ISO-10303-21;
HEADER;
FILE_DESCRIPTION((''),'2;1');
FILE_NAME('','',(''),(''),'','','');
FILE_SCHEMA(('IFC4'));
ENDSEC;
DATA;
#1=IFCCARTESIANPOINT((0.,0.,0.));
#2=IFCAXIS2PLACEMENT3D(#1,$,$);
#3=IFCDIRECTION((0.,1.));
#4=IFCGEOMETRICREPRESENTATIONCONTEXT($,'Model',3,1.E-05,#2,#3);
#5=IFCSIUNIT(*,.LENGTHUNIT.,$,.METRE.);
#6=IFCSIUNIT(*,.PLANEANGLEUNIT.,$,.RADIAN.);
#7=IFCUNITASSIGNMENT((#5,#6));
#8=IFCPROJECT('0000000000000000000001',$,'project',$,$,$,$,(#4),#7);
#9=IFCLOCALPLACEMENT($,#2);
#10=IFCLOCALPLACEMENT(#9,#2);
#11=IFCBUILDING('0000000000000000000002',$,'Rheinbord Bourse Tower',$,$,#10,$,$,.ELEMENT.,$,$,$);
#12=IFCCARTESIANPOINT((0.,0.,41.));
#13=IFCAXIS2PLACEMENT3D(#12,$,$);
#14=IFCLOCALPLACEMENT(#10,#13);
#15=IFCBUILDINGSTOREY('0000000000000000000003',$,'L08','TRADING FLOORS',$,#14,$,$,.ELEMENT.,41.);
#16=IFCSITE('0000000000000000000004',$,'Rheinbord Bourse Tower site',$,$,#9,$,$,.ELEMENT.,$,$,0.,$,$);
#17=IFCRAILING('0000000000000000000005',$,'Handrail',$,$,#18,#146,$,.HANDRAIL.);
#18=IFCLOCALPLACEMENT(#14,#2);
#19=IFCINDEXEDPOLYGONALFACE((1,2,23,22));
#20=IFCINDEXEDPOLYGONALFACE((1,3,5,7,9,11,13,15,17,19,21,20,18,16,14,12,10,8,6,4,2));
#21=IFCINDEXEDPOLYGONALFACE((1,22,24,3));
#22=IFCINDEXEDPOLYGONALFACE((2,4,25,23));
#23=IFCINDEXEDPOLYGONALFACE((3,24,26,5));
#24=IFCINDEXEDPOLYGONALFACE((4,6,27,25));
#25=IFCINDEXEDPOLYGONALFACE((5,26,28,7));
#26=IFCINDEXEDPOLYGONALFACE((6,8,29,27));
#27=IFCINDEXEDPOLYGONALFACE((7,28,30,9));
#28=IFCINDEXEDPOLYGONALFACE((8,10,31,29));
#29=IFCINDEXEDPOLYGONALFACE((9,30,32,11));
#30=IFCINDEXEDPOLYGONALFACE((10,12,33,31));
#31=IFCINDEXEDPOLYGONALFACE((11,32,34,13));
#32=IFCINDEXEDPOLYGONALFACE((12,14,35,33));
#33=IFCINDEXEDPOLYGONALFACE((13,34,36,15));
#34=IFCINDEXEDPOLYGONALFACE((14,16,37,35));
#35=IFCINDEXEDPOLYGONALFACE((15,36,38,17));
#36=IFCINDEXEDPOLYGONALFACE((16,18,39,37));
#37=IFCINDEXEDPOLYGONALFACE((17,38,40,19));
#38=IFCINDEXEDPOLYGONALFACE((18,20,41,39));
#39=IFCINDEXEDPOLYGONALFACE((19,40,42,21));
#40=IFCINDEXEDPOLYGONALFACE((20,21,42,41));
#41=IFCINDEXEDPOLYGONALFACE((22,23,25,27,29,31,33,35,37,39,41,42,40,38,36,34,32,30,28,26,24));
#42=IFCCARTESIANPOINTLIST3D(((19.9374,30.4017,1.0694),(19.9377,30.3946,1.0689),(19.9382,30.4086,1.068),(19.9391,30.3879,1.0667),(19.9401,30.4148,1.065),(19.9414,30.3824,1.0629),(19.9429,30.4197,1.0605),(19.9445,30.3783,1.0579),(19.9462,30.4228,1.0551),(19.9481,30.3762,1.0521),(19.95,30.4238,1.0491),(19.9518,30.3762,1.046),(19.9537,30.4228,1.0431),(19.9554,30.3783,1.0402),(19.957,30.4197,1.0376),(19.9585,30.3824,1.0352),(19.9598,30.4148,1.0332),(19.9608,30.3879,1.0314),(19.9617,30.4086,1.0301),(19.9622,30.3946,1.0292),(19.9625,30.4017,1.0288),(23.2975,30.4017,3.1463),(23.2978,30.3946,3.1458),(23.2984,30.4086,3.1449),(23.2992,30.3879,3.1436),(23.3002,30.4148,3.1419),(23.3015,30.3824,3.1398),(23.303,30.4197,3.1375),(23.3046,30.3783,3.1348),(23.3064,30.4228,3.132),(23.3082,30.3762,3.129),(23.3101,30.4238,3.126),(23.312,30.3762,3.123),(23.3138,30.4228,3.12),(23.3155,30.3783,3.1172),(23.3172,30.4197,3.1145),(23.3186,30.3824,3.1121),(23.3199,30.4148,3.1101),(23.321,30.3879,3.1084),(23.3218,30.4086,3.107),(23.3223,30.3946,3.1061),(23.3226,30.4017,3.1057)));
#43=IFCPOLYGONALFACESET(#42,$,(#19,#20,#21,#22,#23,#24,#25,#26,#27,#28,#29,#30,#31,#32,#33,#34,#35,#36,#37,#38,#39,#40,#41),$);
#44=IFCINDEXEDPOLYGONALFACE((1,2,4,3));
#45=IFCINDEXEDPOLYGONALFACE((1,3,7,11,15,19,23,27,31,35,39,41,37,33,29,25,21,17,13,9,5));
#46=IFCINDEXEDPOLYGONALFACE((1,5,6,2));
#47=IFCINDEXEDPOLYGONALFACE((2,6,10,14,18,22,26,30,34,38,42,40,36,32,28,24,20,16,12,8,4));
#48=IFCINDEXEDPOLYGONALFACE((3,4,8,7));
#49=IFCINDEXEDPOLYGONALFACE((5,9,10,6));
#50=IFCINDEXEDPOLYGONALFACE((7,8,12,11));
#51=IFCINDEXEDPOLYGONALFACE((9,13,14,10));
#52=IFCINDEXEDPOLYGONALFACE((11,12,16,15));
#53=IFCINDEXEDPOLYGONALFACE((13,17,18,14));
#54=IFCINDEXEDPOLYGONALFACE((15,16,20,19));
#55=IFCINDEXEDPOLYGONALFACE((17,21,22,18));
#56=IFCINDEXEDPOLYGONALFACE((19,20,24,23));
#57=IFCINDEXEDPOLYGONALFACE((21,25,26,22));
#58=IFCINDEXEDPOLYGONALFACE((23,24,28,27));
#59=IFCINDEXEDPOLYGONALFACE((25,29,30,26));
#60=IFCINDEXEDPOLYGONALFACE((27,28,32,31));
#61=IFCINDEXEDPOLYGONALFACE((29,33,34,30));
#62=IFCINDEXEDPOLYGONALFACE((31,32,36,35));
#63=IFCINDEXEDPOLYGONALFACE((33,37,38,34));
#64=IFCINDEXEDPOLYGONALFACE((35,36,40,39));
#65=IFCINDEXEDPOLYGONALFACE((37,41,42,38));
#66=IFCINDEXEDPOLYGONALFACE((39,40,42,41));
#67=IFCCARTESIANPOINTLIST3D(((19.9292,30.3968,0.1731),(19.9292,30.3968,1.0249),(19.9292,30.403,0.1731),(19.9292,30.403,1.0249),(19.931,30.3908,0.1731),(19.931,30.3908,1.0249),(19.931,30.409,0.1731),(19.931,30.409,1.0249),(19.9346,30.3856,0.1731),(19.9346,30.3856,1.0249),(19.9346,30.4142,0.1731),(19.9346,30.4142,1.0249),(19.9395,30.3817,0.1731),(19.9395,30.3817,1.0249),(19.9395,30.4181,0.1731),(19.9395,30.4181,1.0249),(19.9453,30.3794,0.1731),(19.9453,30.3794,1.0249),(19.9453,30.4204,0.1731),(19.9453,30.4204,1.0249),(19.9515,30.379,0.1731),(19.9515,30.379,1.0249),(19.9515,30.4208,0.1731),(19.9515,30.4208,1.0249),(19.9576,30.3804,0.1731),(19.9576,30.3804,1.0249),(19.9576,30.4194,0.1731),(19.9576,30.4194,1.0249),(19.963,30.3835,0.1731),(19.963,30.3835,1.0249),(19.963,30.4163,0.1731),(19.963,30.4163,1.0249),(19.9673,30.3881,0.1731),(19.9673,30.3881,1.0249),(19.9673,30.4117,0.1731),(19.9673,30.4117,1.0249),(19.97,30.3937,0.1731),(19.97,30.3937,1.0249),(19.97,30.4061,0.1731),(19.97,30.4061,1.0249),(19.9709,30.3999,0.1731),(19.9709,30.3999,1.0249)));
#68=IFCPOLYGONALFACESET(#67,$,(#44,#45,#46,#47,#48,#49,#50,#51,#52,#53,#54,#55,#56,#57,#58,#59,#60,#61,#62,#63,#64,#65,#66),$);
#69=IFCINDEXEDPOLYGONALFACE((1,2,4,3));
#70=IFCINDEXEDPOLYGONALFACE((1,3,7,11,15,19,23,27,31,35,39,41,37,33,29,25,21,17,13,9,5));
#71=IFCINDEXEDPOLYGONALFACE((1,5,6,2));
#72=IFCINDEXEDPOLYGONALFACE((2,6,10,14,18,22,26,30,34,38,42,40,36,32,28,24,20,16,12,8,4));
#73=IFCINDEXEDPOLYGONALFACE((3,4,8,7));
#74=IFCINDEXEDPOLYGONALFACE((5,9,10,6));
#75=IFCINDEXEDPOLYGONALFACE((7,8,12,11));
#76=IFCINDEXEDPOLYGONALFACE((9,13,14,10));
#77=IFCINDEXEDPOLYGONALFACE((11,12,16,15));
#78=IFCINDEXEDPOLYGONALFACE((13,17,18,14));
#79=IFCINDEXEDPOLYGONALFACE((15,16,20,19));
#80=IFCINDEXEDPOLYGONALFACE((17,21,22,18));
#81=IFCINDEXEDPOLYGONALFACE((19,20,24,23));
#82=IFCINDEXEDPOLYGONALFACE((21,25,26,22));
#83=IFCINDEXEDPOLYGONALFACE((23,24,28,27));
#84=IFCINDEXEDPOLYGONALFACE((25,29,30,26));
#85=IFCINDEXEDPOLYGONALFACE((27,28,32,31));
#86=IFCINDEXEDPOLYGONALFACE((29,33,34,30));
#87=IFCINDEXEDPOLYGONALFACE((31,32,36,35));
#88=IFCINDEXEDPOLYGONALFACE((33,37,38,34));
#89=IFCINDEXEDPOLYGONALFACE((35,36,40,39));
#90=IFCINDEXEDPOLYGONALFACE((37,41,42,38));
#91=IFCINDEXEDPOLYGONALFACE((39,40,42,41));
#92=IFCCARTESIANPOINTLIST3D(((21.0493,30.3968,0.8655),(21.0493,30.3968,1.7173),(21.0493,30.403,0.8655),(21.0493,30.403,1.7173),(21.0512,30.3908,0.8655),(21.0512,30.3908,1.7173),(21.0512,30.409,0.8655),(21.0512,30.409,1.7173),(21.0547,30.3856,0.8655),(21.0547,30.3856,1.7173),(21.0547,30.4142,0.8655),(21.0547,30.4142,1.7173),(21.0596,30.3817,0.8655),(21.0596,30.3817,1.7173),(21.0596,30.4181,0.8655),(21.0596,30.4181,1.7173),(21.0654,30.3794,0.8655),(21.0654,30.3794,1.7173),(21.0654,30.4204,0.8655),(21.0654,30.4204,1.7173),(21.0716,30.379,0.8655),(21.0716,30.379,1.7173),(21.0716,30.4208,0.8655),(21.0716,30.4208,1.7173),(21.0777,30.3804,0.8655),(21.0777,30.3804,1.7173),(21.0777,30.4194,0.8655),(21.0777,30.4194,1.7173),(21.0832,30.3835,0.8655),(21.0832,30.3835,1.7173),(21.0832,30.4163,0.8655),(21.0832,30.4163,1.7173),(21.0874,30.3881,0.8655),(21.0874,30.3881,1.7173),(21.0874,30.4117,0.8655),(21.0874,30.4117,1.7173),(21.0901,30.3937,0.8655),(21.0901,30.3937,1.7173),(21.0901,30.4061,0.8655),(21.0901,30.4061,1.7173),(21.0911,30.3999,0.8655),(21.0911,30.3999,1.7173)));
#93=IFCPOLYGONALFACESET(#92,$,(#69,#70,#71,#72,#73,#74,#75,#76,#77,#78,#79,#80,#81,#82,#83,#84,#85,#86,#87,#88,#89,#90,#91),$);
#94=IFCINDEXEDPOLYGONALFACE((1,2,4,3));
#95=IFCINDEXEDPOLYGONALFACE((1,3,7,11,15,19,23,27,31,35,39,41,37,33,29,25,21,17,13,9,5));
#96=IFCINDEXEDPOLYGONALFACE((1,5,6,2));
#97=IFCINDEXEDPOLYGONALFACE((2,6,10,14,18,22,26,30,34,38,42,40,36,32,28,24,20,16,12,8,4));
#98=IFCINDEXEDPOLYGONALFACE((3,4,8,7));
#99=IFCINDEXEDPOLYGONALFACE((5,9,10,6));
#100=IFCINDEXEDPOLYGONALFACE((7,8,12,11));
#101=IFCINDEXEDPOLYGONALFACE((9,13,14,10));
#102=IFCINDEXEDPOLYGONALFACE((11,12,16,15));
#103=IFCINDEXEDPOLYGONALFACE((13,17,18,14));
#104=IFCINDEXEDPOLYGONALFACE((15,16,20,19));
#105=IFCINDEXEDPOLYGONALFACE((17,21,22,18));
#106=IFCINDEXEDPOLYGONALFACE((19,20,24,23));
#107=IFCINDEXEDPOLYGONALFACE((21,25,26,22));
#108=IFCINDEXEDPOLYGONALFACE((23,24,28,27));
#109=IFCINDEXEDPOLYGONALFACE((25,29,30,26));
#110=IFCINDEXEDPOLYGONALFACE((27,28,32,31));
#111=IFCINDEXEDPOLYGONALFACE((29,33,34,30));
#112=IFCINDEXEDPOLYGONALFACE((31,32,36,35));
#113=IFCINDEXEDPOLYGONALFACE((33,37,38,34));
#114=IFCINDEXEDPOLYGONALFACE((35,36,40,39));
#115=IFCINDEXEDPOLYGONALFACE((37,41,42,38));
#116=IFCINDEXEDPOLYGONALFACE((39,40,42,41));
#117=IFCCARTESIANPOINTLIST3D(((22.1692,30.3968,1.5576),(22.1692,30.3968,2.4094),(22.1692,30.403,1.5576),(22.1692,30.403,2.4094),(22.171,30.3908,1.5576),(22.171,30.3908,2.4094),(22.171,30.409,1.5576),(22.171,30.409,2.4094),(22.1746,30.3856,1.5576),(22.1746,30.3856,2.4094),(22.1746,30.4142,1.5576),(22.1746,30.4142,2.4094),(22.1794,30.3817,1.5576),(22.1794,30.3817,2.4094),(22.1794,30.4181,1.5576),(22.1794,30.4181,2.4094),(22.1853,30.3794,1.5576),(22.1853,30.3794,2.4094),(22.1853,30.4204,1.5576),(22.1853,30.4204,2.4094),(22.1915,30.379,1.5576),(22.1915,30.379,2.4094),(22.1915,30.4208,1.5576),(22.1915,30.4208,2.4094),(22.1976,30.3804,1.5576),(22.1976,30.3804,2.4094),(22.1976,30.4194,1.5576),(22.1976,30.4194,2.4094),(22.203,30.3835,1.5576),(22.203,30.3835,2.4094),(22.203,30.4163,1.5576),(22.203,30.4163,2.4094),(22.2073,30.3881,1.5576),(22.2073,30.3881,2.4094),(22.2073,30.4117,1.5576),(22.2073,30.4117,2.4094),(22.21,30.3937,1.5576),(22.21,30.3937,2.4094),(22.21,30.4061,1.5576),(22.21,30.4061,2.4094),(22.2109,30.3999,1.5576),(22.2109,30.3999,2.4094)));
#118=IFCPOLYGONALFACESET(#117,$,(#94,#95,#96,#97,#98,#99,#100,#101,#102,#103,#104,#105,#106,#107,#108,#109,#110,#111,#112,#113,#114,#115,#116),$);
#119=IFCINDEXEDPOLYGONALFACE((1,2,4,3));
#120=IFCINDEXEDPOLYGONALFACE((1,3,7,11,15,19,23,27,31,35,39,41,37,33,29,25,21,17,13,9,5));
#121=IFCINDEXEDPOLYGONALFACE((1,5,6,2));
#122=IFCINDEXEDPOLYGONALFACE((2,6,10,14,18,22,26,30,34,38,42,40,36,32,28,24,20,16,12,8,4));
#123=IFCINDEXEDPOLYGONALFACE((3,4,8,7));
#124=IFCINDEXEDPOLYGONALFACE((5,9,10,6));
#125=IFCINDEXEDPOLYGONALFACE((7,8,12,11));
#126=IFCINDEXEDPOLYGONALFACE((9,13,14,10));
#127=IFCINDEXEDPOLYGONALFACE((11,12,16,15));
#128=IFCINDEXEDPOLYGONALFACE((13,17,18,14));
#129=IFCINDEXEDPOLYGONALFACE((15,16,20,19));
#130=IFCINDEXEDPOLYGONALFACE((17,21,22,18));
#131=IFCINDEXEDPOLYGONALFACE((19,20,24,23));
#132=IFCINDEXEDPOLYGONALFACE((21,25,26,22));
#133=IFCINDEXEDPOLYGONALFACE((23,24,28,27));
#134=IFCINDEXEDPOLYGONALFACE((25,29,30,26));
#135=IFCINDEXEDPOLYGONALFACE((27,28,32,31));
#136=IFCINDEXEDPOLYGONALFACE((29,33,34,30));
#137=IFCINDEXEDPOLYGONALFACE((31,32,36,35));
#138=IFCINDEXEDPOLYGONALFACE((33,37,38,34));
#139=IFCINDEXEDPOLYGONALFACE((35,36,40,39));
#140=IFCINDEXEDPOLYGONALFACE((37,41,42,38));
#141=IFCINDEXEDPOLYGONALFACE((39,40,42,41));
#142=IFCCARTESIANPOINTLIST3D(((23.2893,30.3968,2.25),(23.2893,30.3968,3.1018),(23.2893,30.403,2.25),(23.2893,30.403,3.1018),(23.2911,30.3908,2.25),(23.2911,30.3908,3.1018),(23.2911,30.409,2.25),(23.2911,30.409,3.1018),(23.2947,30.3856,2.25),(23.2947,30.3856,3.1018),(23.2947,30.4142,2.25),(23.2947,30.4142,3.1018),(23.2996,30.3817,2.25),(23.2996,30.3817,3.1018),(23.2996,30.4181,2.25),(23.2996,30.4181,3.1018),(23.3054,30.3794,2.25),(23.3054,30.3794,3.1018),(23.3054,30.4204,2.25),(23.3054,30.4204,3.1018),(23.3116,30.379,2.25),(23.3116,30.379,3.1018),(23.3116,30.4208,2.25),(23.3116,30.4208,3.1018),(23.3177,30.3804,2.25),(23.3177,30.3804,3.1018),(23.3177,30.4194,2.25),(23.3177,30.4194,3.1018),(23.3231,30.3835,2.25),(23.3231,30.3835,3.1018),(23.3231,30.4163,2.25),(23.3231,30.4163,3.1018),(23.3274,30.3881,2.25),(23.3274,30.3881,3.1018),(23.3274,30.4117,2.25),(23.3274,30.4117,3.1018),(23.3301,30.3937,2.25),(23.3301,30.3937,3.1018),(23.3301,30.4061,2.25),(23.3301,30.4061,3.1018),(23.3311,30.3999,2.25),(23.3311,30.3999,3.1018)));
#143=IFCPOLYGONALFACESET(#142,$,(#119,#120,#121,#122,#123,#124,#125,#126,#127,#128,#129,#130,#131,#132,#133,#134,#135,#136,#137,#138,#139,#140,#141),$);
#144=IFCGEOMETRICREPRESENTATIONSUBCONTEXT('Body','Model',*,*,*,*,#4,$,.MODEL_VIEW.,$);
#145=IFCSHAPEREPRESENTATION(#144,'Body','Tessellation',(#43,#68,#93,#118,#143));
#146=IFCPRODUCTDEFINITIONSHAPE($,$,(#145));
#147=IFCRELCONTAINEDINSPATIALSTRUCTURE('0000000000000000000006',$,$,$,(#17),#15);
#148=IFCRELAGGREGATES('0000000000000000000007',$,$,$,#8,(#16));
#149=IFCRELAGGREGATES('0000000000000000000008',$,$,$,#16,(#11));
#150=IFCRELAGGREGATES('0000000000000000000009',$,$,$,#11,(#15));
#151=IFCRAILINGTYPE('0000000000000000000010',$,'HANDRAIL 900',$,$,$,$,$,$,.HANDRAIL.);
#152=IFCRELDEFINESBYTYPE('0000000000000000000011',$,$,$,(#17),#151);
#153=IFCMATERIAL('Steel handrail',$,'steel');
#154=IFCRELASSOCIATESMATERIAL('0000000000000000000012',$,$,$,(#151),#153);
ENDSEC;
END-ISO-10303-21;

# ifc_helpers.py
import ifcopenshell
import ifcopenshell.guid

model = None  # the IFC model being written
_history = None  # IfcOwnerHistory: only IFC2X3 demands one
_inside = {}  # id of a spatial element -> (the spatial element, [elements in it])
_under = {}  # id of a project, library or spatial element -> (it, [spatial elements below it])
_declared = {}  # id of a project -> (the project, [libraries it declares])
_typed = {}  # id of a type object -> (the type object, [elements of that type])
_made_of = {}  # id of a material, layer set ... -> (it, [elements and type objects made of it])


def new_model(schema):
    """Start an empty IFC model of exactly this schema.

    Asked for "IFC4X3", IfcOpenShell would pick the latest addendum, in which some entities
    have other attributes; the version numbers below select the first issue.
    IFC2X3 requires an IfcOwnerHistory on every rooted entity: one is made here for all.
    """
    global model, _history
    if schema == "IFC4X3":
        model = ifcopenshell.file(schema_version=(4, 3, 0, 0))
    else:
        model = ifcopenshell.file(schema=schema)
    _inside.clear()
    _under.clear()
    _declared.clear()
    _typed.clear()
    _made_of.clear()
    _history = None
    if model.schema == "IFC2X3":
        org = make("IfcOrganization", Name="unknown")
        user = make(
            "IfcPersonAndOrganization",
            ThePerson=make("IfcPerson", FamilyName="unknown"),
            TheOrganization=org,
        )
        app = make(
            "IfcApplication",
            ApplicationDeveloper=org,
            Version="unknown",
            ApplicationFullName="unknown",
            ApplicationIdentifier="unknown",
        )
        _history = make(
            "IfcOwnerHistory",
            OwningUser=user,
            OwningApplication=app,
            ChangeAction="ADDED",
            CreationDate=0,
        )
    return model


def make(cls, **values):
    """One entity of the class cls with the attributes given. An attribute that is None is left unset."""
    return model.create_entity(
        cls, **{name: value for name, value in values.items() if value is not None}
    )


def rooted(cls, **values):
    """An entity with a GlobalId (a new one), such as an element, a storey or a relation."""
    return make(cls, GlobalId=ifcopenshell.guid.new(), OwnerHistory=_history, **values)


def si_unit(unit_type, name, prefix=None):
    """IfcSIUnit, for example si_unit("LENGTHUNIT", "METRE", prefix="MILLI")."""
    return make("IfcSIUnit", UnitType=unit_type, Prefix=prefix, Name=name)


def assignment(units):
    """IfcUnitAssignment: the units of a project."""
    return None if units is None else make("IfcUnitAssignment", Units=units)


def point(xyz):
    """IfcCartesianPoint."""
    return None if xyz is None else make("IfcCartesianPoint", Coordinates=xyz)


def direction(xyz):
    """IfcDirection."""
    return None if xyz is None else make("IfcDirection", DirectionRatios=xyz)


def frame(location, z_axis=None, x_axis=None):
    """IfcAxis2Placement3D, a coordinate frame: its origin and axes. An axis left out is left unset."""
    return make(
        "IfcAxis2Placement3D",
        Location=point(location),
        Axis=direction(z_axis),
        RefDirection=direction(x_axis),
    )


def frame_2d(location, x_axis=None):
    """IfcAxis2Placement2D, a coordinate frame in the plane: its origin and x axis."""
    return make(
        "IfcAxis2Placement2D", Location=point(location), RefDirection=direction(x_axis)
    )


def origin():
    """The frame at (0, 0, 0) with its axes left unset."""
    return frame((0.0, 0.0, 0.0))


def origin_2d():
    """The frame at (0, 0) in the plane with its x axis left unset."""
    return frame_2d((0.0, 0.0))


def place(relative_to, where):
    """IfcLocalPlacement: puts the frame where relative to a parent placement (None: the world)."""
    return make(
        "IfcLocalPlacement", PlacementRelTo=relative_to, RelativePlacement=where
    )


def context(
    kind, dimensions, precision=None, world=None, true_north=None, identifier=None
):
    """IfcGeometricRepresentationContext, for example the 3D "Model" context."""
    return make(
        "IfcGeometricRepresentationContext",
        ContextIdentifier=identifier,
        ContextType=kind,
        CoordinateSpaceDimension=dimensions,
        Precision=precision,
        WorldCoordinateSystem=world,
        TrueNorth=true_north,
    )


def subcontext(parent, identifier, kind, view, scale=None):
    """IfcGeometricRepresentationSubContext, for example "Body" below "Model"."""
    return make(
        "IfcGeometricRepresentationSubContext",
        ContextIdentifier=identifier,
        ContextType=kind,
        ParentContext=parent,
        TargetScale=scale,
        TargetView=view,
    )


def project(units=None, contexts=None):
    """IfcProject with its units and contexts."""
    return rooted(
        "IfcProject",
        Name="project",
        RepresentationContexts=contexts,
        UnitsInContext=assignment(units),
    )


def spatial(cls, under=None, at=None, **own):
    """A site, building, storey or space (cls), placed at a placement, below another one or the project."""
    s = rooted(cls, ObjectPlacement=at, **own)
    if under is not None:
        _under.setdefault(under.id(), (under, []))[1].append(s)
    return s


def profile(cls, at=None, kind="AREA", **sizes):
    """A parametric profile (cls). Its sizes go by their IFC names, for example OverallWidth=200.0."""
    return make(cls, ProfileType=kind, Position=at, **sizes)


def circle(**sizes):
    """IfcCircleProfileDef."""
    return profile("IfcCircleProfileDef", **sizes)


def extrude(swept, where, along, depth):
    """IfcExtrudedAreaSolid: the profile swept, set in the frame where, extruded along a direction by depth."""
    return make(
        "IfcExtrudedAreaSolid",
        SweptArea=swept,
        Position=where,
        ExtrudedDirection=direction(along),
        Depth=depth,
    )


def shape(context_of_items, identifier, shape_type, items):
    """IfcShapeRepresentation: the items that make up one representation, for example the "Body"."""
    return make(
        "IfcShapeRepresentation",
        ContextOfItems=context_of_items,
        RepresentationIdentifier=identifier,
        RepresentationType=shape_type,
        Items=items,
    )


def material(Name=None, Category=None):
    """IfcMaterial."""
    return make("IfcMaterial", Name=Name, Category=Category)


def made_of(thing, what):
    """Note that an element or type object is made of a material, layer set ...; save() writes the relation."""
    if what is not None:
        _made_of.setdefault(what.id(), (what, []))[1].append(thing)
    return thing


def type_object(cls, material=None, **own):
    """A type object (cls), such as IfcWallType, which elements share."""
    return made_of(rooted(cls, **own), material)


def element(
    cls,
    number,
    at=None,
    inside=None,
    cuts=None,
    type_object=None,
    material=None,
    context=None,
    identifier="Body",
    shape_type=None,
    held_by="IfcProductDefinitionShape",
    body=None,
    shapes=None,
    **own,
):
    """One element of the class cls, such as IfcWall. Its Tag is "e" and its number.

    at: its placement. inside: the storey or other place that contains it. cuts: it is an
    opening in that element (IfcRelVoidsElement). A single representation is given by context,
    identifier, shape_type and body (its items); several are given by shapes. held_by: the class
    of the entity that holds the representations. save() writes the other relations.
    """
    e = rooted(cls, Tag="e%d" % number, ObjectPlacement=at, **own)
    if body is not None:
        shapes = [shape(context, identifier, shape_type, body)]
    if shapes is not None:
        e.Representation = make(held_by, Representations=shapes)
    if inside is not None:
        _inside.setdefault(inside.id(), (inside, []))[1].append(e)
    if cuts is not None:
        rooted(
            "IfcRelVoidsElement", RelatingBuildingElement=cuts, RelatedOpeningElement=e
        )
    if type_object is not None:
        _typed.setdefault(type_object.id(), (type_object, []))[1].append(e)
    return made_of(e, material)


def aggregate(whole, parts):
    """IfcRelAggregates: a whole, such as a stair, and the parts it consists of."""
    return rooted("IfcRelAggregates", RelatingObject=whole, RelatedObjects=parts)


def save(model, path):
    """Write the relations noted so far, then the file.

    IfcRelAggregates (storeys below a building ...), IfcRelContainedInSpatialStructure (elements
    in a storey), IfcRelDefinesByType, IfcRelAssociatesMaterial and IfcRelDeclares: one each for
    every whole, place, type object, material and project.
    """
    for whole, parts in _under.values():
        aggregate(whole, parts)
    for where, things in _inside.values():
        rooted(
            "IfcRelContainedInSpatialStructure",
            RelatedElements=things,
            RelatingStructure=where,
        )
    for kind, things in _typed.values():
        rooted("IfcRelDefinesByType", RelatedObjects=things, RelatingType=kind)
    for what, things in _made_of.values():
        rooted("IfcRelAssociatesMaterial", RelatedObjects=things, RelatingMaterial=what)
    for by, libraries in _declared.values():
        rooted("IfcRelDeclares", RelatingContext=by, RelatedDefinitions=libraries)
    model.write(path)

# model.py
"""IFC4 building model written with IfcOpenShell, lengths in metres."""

from ifc_helpers import new_model, si_unit, direction, frame, origin, origin_2d, place, context, subcontext, project, spatial, circle, extrude, material, type_object, element, save


model = new_model("IFC4")

# Units and contexts
model_context = context("Model", 3, precision=1e-05, world=origin(), true_north=direction((0.0, 1.0)))
body_context = subcontext(model_context, "Body", "Model", "MODEL_VIEW")
ifc_project = project(units=[si_unit("LENGTHUNIT", "METRE"), si_unit("PLANEANGLEUNIT", "RADIAN")], contexts=[model_context])

# Site, building, storey
site_placement = place(None, origin())
site = spatial("IfcSite", under=ifc_project, at=site_placement, Name="Rheinbord Bourse Tower site", CompositionType="ELEMENT", RefElevation=0.0)
building_placement = place(site_placement, origin())
building = spatial("IfcBuilding", under=site, at=building_placement, Name="Rheinbord Bourse Tower", CompositionType="ELEMENT")
storey_placement = place(building_placement, frame((0.0, 0.0, 41.0)))
storey = spatial("IfcBuildingStorey", under=building, at=storey_placement, Name="L08", Description="TRADING FLOORS", CompositionType="ELEMENT", Elevation=41.0)

# Railing
ifc_material_1 = material(Name="Steel handrail", Category="steel")
railing_type = type_object("IfcRailingType", Name="HANDRAIL 900", PredefinedType="HANDRAIL", material=ifc_material_1)
railing_1_placement = place(storey_placement, frame((19.95, 30.3999, 0.1731)))
element("IfcRailing", 1, at=railing_1_placement, inside=storey, type_object=railing_type, Name="Handrail", PredefinedType="HANDRAIL", context=body_context, shape_type="SweptSolid", body=[
    extrude(circle(Radius=0.0239, at=origin_2d()), frame((0.0, 0.0, 0.876), z_axis=(0.850623, 0.0, 0.525776), x_axis=(0.0, 1.0, 0.0)), (0.0, 0.0, 1.0), 3.9502),
    extrude(circle(Radius=0.021, at=origin_2d()), origin(), (0.0, 0.0, 1.0), 0.8518),
    extrude(circle(Radius=0.021, at=origin_2d()), frame((1.1201, 0.0, 0.6924)), (0.0, 0.0, 1.0), 0.8518),
    extrude(circle(Radius=0.021, at=origin_2d()), frame((2.24, 0.0, 1.3845)), (0.0, 0.0, 1.0), 0.8518),
    extrude(circle(Radius=0.021, at=origin_2d()), frame((3.3601, 0.0, 2.0769)), (0.0, 0.0, 1.0), 0.8518),
])

save(model, "model.ifc")
